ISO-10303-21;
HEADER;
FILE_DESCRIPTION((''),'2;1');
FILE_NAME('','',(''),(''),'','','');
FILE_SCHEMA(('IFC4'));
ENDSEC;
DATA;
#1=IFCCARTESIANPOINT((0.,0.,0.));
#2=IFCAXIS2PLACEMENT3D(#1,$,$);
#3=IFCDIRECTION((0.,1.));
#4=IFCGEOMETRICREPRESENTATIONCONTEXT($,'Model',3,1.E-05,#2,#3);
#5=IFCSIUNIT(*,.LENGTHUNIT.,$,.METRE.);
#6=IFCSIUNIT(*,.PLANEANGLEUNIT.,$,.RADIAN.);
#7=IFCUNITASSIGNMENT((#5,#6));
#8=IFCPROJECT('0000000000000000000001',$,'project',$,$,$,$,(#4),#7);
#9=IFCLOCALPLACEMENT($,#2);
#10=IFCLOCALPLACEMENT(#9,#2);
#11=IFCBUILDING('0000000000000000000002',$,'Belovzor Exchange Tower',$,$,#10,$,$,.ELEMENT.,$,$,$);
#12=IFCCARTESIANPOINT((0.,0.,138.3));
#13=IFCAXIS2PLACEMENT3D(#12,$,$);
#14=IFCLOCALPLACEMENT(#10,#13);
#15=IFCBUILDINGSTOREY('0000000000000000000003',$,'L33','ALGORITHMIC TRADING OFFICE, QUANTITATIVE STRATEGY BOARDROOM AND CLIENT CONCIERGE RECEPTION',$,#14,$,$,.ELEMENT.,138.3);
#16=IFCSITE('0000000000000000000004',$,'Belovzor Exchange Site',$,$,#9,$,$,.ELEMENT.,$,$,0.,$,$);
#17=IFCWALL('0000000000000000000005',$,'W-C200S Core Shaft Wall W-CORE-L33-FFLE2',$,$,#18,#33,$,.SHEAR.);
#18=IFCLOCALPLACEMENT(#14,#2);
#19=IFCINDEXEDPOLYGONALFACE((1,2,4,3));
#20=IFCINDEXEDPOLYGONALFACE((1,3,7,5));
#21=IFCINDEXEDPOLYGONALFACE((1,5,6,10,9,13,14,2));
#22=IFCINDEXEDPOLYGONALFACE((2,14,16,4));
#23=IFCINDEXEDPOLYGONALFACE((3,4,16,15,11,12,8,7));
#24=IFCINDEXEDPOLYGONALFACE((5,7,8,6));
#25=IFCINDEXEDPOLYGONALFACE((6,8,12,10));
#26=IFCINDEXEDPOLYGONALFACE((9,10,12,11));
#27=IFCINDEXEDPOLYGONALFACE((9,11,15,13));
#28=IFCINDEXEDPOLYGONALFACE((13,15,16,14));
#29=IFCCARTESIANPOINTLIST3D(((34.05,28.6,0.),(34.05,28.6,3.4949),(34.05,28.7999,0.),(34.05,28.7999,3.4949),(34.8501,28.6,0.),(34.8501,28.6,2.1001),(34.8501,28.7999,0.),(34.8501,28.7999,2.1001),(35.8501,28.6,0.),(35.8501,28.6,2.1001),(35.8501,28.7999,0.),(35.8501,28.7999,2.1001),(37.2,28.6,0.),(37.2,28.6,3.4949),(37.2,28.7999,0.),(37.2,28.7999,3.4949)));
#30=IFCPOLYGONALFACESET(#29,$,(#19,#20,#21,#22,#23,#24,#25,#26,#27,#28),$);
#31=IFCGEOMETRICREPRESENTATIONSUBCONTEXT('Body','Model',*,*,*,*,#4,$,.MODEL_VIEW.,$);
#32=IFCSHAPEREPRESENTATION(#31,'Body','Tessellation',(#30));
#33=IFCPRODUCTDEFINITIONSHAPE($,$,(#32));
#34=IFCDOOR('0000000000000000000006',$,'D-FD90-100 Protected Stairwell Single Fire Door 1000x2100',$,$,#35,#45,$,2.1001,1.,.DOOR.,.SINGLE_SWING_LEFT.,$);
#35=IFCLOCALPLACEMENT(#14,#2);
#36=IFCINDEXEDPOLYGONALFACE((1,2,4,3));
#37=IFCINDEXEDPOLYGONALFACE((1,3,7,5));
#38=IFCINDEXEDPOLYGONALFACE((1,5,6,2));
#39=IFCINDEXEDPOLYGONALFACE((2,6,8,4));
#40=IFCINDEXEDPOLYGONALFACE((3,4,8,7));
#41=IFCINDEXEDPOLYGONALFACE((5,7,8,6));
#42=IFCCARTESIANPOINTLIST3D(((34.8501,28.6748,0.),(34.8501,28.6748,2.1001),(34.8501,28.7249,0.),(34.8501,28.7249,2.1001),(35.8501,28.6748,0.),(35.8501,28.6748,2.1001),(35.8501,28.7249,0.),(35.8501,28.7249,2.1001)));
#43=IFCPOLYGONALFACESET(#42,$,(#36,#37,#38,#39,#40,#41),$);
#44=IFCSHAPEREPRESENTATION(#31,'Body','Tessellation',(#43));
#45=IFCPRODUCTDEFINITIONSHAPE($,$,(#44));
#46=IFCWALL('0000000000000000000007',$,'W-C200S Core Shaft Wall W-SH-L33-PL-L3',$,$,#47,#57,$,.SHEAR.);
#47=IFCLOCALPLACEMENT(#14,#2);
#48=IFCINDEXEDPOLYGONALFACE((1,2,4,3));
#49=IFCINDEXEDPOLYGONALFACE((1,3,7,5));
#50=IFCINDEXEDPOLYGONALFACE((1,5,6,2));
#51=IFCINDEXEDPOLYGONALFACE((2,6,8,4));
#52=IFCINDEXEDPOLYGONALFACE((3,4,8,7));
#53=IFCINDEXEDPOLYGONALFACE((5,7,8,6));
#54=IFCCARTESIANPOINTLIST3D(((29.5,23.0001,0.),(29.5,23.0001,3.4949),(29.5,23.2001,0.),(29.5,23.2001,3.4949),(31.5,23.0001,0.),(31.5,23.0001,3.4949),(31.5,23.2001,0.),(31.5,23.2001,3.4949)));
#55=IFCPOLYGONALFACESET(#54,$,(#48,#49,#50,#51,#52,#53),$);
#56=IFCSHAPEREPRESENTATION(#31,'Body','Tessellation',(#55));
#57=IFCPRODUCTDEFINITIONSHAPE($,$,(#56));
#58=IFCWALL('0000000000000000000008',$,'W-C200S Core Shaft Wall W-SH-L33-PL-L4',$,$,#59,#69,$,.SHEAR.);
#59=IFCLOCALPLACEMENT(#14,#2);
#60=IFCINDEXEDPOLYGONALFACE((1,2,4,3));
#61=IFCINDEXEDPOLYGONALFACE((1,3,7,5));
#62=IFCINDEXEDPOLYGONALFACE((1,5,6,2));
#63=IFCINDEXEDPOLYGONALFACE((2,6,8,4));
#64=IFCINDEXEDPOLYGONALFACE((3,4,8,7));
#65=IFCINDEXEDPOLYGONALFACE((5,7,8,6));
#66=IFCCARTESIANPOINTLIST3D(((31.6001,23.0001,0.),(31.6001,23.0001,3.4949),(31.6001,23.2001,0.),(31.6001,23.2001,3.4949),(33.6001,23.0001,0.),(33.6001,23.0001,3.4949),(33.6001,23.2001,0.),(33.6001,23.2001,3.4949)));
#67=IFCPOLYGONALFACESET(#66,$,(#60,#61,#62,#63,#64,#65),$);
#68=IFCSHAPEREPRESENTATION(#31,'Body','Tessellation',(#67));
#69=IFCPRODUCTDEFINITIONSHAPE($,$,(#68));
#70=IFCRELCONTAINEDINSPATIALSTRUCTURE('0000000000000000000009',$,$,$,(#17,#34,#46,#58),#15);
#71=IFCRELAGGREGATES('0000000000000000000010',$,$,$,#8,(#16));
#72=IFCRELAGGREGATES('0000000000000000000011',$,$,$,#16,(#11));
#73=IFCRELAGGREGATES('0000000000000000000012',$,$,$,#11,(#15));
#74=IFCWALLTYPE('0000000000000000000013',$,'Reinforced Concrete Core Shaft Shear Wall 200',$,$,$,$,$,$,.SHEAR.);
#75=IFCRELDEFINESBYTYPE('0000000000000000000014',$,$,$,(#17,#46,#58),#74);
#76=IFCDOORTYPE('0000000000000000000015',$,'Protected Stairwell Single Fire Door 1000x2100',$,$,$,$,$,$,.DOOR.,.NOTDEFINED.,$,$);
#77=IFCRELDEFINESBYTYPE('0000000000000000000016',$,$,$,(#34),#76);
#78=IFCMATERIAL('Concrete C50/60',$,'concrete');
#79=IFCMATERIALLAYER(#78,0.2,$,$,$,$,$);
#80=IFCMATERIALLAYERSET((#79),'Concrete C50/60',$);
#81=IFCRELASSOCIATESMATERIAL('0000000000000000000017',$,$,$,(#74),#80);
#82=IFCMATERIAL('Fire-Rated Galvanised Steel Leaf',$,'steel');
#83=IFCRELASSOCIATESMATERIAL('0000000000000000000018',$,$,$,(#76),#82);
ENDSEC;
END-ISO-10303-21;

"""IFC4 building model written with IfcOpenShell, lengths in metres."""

from ifc_helpers import new_model, si_unit, direction, frame, frame_2d, origin, place, context, subcontext, project, spatial, rectangle, extrude, material, layer, layer_set, type_object, element, fill, save


model = new_model("IFC4")

# Units and contexts
model_context = context("Model", 3, precision=1e-05, world=origin(), true_north=direction((0.0, 1.0)))
body_context = subcontext(model_context, "Body", "Model", "MODEL_VIEW")
ifc_project = project(units=[si_unit("LENGTHUNIT", "METRE"), si_unit("PLANEANGLEUNIT", "RADIAN")], contexts=[model_context])

# Site, building, storey
site_placement = place(None, origin())
site = spatial("IfcSite", under=ifc_project, at=site_placement, Name="Belovzor Exchange Site", CompositionType="ELEMENT", RefElevation=0.0)
building_placement = place(site_placement, origin())
building = spatial("IfcBuilding", under=site, at=building_placement, Name="Belovzor Exchange Tower", CompositionType="ELEMENT")
storey_placement = place(building_placement, frame((0.0, 0.0, 138.3)))
storey = spatial("IfcBuildingStorey", under=building, at=storey_placement, Name="L33", Description="ALGORITHMIC TRADING OFFICE, QUANTITATIVE STRATEGY BOARDROOM AND CLIENT CONCIERGE RECEPTION", CompositionType="ELEMENT", Elevation=138.3)

# Wall, opening, door
ifc_material_1 = material(Name="Concrete C50/60", Category="concrete")
ifc_layer_1 = layer(ifc_material_1, 0.2)
ifc_layer_set_1 = layer_set([ifc_layer_1], Name="Concrete C50/60")
wall_type_1 = type_object("IfcWallType", Name="Reinforced Concrete Core Shaft Shear Wall 200", PredefinedType="SHEAR", material=ifc_layer_set_1)
wall_1_placement = place(storey_placement, frame((34.05, 28.7, 0.0), z_axis=(0.0, 0.0, 1.0), x_axis=(1.0, 0.0, 0.0)))
wall_1 = element("IfcWall", 1, at=wall_1_placement, inside=storey, type_object=wall_type_1, Name="W-C200S Core Shaft Wall W-CORE-L33-FFLE2", PredefinedType="SHEAR", context=body_context, shape_type="SweptSolid", body=[
    extrude(rectangle(XDim=3.1499, YDim=0.2, at=frame_2d((1.575, 0.0))), origin(), (0.0, 0.0, 1.0), 3.4949),
])
opening_1_placement = place(wall_1_placement, frame((0.8, 0.0, 0.0)))
opening_1 = element("IfcOpeningElement", 2, at=opening_1_placement, cuts=wall_1, PredefinedType="OPENING", context=body_context, shape_type="SweptSolid", body=[
    extrude(rectangle(XDim=1.0, YDim=2.1001, at=frame_2d((0.5, 1.05))), frame((0.0, 0.1099, 0.0), z_axis=(0.0, -1.0, 0.0), x_axis=(1.0, 0.0, 0.0)), (0.0, 0.0, 1.0), 0.22),
])
ifc_material_2 = material(Name="Fire-Rated Galvanised Steel Leaf", Category="steel")
door_type_1 = type_object("IfcDoorType", Name="Protected Stairwell Single Fire Door 1000x2100", OperationType="NOTDEFINED", PredefinedType="DOOR", material=ifc_material_2)
door_1_placement = place(opening_1_placement, origin())
door_1 = element("IfcDoor", 3, at=door_1_placement, inside=storey, type_object=door_type_1, Name="D-FD90-100 Protected Stairwell Single Fire Door 1000x2100", OperationType="SINGLE_SWING_LEFT", OverallHeight=2.1001, OverallWidth=1.0, PredefinedType="DOOR", context=body_context, shape_type="SweptSolid", body=[
    extrude(rectangle(XDim=1.0, YDim=2.1001, at=frame_2d((0.5, 1.05))), frame((0.0, 0.0249, 0.0), z_axis=(0.0, -1.0, 0.0), x_axis=(1.0, 0.0, 0.0)), (0.0, 0.0, 1.0), 0.05),
])
fill(opening_1, door_1)

# Walls
for number, where, z_axis, x_axis, name in (
    (4, (29.5, 23.1001, 0.0), (0.0, 0.0, 1.0), (1.0, 0.0, 0.0), "W-C200S Core Shaft Wall W-SH-L33-PL-L3"),
    (5, (31.6001, 23.1001, 0.0), (0.0, 0.0, 1.0), (1.0, 0.0, 0.0), "W-C200S Core Shaft Wall W-SH-L33-PL-L4"),
):
    element("IfcWall", number, at=place(storey_placement, frame(where, z_axis=z_axis, x_axis=x_axis)), inside=storey, type_object=wall_type_1, Name=name, PredefinedType="SHEAR", context=body_context, shape_type="SweptSolid", body=[
        extrude(rectangle(XDim=2.0, YDim=0.2, at=frame_2d((1.0, 0.0))), origin(), (0.0, 0.0, 1.0), 3.4949),
    ])

save(model, "model.ifc")
